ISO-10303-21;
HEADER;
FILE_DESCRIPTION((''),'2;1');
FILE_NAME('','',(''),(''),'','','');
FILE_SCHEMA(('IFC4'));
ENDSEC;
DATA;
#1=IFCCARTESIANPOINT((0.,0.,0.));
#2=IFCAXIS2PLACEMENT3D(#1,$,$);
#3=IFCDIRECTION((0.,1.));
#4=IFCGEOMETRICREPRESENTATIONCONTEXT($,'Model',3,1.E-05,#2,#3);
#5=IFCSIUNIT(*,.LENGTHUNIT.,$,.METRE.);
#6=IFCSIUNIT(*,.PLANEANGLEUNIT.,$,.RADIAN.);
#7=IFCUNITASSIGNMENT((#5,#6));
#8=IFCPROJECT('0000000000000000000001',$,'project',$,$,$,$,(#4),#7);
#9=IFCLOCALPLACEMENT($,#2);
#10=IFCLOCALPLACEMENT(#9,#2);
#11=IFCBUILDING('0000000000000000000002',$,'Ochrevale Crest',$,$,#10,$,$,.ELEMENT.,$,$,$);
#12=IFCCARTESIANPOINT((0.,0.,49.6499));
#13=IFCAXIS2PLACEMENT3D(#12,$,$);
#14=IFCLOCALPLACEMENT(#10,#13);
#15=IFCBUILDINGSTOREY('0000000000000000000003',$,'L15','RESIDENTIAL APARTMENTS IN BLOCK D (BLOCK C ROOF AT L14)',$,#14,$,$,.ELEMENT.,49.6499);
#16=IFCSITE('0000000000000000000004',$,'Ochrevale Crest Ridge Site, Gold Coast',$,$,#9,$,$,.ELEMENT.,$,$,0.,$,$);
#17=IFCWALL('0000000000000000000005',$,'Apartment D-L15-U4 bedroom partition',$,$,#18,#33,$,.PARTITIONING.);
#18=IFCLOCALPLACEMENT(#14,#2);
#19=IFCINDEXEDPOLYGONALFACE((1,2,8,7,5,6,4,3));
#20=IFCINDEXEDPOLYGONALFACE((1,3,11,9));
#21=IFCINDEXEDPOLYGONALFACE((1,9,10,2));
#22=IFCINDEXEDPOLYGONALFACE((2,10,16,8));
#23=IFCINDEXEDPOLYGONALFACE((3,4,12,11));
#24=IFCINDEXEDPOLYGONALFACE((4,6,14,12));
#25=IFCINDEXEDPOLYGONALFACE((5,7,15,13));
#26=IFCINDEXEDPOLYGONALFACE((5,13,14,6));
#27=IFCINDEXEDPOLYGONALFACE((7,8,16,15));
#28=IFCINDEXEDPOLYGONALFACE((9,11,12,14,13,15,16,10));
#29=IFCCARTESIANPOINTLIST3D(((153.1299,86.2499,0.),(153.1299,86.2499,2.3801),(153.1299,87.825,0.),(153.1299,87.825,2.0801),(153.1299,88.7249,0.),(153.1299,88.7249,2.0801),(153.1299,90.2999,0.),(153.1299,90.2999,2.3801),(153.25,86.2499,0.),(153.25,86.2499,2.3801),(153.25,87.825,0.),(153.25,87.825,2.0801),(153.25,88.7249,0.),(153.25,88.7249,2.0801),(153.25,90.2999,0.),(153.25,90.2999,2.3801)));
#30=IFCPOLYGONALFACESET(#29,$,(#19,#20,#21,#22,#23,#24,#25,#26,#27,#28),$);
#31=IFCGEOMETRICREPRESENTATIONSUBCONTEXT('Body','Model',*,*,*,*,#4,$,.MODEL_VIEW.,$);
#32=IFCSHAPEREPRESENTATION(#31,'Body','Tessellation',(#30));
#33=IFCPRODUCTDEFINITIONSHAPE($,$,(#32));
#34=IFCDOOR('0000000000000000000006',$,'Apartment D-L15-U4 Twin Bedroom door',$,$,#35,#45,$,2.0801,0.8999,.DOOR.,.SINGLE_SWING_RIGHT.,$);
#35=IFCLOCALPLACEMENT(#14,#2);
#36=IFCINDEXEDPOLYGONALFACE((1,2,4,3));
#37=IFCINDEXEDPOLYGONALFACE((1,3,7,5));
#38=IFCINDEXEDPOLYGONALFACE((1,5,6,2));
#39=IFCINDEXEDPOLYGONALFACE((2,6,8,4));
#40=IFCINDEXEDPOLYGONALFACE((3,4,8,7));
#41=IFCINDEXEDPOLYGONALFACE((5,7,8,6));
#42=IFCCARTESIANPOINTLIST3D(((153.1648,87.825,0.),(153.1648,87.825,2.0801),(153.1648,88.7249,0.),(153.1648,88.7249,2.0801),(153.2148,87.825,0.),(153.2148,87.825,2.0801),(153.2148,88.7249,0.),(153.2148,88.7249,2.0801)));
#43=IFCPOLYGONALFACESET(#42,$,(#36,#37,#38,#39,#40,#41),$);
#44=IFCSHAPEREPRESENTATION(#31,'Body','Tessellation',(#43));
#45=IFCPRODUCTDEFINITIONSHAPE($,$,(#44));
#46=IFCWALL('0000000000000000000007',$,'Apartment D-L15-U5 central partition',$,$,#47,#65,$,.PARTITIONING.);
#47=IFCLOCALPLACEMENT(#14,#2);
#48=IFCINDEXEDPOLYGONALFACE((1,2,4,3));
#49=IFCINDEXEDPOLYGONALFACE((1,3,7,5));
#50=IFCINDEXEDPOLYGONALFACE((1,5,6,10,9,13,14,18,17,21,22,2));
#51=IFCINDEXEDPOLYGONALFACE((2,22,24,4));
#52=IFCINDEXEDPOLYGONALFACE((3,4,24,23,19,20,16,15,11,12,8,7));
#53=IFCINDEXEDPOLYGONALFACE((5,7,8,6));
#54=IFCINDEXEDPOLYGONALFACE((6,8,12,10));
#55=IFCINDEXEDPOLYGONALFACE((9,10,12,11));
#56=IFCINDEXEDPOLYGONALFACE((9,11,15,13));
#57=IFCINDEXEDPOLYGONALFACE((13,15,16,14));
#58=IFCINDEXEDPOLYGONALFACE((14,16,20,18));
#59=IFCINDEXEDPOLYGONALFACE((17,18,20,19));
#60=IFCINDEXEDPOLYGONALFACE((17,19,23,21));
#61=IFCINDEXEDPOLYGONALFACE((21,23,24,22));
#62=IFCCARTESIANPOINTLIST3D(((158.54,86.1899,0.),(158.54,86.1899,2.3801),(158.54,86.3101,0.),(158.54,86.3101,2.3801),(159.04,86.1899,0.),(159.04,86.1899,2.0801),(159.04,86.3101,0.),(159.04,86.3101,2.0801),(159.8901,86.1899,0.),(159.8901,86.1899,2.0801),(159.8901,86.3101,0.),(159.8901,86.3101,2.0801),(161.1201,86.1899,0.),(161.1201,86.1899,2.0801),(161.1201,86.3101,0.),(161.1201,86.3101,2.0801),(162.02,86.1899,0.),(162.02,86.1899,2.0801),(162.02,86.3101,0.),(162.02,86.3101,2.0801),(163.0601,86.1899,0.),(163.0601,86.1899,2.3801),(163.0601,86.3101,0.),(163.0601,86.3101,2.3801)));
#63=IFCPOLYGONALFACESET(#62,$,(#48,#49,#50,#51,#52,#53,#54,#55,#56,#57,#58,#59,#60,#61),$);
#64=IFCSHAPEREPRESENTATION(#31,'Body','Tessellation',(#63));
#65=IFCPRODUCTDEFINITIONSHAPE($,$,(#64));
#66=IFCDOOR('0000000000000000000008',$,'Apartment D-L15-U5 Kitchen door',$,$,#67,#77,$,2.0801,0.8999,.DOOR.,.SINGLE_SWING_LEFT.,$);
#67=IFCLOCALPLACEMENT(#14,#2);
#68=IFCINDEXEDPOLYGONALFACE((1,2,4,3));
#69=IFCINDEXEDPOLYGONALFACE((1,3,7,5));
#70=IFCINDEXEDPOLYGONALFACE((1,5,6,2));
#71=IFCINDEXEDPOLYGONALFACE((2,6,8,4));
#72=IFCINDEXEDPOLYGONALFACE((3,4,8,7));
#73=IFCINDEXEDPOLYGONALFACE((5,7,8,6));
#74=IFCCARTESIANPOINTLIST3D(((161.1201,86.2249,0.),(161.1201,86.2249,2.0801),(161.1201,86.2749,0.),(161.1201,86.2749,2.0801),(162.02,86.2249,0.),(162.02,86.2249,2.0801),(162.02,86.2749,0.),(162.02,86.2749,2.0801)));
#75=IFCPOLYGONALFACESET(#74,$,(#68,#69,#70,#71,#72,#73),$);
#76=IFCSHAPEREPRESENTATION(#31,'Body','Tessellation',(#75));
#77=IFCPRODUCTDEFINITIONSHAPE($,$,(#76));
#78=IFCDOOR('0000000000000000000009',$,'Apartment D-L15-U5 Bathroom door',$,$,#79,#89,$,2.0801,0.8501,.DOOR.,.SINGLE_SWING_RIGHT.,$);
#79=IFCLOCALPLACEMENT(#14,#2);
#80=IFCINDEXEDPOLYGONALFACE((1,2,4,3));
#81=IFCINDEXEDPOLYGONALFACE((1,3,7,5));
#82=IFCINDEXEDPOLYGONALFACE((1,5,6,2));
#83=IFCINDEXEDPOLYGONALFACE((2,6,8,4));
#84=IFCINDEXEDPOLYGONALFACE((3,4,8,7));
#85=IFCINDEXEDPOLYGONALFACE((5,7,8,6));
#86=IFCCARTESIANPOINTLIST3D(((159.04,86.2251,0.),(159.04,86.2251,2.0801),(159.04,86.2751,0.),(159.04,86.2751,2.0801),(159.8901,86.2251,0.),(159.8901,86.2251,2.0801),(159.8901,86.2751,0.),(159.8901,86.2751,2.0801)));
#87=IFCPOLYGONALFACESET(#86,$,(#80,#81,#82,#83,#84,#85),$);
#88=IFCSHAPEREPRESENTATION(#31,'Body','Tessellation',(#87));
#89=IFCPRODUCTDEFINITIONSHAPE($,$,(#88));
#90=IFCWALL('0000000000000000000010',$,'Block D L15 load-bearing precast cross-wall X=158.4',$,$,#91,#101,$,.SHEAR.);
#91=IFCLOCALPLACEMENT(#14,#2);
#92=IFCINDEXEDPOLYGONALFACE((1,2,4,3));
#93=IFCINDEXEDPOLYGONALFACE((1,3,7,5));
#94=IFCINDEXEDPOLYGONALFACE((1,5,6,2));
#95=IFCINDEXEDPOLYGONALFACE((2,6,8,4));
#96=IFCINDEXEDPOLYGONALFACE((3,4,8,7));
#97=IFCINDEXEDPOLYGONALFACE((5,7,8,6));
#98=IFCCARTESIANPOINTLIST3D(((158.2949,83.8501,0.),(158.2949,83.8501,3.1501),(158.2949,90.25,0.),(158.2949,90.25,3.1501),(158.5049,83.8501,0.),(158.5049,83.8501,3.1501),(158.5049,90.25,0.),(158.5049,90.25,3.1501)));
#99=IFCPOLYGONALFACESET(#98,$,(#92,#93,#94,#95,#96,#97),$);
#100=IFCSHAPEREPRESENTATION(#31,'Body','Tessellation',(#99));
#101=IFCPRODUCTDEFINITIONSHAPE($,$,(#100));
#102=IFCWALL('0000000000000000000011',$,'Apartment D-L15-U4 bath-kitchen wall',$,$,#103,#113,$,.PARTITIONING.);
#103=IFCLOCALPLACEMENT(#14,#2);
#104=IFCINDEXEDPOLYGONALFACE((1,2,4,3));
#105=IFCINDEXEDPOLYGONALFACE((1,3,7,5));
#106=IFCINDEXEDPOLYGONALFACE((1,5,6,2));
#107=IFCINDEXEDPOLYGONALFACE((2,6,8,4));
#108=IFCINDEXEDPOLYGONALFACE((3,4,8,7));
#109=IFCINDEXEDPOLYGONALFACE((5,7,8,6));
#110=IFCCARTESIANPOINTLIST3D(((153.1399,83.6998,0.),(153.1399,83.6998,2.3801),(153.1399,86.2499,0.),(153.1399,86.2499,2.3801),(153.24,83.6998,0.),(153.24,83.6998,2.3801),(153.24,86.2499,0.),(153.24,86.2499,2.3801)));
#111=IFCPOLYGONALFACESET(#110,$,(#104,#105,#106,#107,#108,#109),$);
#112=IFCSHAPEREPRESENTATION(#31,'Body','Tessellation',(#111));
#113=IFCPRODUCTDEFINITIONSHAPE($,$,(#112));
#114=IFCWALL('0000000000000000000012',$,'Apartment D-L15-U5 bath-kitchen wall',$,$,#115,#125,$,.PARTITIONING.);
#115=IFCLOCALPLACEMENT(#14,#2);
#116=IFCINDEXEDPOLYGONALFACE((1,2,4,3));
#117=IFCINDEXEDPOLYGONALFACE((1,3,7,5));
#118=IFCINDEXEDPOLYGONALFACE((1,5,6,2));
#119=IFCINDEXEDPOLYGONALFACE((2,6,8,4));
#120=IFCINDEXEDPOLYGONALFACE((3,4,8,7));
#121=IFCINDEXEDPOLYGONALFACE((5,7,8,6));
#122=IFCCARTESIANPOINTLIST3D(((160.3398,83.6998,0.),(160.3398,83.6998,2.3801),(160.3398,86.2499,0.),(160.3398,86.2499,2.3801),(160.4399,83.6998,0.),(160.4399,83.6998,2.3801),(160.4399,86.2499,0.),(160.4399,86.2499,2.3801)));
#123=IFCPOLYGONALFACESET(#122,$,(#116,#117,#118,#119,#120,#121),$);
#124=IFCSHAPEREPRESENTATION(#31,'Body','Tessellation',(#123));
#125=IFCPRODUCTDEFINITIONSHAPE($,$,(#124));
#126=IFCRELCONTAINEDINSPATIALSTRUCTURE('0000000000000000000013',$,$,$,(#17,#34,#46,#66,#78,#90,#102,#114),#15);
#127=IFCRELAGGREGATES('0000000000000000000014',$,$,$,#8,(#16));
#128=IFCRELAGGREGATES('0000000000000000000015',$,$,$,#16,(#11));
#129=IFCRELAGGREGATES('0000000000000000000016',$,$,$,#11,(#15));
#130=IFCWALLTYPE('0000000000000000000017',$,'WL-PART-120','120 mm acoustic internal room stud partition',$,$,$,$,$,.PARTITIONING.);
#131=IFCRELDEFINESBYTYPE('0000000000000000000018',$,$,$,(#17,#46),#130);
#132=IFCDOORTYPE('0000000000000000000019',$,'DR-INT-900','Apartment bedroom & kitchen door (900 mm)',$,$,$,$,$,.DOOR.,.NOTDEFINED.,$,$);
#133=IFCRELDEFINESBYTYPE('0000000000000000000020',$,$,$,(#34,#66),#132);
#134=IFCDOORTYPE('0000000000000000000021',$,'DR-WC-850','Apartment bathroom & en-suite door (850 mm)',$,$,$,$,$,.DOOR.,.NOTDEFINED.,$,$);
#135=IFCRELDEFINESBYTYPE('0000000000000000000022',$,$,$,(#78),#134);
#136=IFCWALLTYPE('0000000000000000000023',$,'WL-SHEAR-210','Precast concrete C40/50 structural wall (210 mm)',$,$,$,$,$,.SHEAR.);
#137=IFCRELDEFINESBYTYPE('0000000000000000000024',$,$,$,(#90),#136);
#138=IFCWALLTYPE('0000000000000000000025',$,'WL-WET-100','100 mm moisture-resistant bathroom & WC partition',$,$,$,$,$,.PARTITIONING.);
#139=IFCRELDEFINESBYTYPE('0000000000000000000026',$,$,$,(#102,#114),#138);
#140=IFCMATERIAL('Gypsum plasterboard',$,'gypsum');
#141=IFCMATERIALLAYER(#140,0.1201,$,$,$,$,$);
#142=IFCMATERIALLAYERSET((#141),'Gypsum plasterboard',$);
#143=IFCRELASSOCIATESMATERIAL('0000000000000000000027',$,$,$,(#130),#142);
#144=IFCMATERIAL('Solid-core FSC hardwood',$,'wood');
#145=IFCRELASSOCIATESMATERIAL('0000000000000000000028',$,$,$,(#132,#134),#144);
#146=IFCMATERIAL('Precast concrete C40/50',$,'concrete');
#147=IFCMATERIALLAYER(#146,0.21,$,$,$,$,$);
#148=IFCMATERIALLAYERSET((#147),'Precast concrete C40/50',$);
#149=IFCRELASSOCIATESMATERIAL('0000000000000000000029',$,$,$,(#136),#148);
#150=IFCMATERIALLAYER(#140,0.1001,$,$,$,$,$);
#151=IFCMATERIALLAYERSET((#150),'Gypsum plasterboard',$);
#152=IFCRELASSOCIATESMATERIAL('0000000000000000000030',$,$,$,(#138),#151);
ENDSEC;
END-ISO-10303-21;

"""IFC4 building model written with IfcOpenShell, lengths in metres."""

from ifc_helpers import new_model, si_unit, direction, frame, frame_2d, origin, place, context, subcontext, project, spatial, rectangle, extrude, material, layer, layer_set, type_object, element, fill, save


model = new_model("IFC4")

# Units and contexts
model_context = context("Model", 3, precision=1e-05, world=origin(), true_north=direction((0.0, 1.0)))
body_context = subcontext(model_context, "Body", "Model", "MODEL_VIEW")
ifc_project = project(units=[si_unit("LENGTHUNIT", "METRE"), si_unit("PLANEANGLEUNIT", "RADIAN")], contexts=[model_context])

# Site, building, storey
site_placement = place(None, origin())
site = spatial("IfcSite", under=ifc_project, at=site_placement, Name="Ochrevale Crest Ridge Site, Gold Coast", CompositionType="ELEMENT", RefElevation=0.0)
building_placement = place(site_placement, origin())
building = spatial("IfcBuilding", under=site, at=building_placement, Name="Ochrevale Crest", CompositionType="ELEMENT")
storey_placement = place(building_placement, frame((0.0, 0.0, 49.6499)))
storey = spatial("IfcBuildingStorey", under=building, at=storey_placement, Name="L15", Description="RESIDENTIAL APARTMENTS IN BLOCK D (BLOCK C ROOF AT L14)", CompositionType="ELEMENT", Elevation=49.6499)

# Shared definitions
ifc_material_1 = material(Name="Precast concrete C40/50", Category="concrete")

# Shared definitions
ifc_material_2 = material(Name="Gypsum plasterboard", Category="gypsum")
ifc_material_3 = material(Name="Solid-core FSC hardwood", Category="wood")

# Shared definitions
ifc_layer_1 = layer(ifc_material_2, 0.1201)
ifc_layer_set_1 = layer_set([ifc_layer_1], Name="Gypsum plasterboard")
wall_type_1 = type_object("IfcWallType", Name="WL-PART-120", Description="120 mm acoustic internal room stud partition", PredefinedType="PARTITIONING", material=ifc_layer_set_1)

# Wall, opening, door
wall_1_placement = place(storey_placement, frame((153.1899, 86.25, 0.0), z_axis=(0.0, 0.0, 1.0), x_axis=(0.0, 1.0, 0.0)))
wall_1 = element("IfcWall", 1, at=wall_1_placement, inside=storey, type_object=wall_type_1, Name="Apartment D-L15-U4 bedroom partition", PredefinedType="PARTITIONING", context=body_context, shape_type="SweptSolid", body=[
    extrude(rectangle(XDim=4.05, YDim=0.1201, at=frame_2d((2.0249, 0.0))), origin(), (0.0, 0.0, 1.0), 2.3801),
])
opening_1_placement = place(wall_1_placement, frame((2.4749, 0.0, 0.0), z_axis=(0.0, 0.0, 1.0), x_axis=(-1.0, 0.0, 0.0)))
opening_1 = element("IfcOpeningElement", 2, at=opening_1_placement, cuts=wall_1, PredefinedType="OPENING", context=body_context, shape_type="SweptSolid", body=[
    extrude(rectangle(XDim=0.8999, YDim=2.0801, at=frame_2d((0.45, 1.04))), frame((0.0, 0.0701, 0.0), z_axis=(0.0, -1.0, 0.0), x_axis=(1.0, 0.0, 0.0)), (0.0, 0.0, 1.0), 0.1401),
])
door_type_1 = type_object("IfcDoorType", Name="DR-INT-900", Description="Apartment bedroom & kitchen door (900 mm)", OperationType="NOTDEFINED", PredefinedType="DOOR", material=ifc_material_3)
door_1_placement = place(opening_1_placement, origin())
door_1 = element("IfcDoor", 3, at=door_1_placement, inside=storey, type_object=door_type_1, Name="Apartment D-L15-U4 Twin Bedroom door", OperationType="SINGLE_SWING_RIGHT", OverallHeight=2.0801, OverallWidth=0.8999, PredefinedType="DOOR", context=body_context, shape_type="SweptSolid", body=[
    extrude(rectangle(XDim=0.8999, YDim=2.0801, at=frame_2d((0.45, 1.04))), frame((0.0, 0.0249, 0.0), z_axis=(0.0, -1.0, 0.0), x_axis=(1.0, 0.0, 0.0)), (0.0, 0.0, 1.0), 0.05),
])
fill(opening_1, door_1)

# Wall, openings, doors
wall_2_placement = place(storey_placement, frame((158.54, 86.25, 0.0), z_axis=(0.0, 0.0, 1.0), x_axis=(1.0, 0.0, 0.0)))
wall_2 = element("IfcWall", 4, at=wall_2_placement, inside=storey, type_object=wall_type_1, Name="Apartment D-L15-U5 central partition", PredefinedType="PARTITIONING", context=body_context, shape_type="SweptSolid", body=[
    extrude(rectangle(XDim=4.52, YDim=0.1201, at=frame_2d((2.26, 0.0))), origin(), (0.0, 0.0, 1.0), 2.3801),
])
opening_2_placement = place(wall_2_placement, frame((1.3501, 0.0, 0.0), z_axis=(0.0, 0.0, 1.0), x_axis=(-1.0, 0.0, 0.0)))
opening_2 = element("IfcOpeningElement", 5, at=opening_2_placement, cuts=wall_2, PredefinedType="OPENING", context=body_context, shape_type="SweptSolid", body=[
    extrude(rectangle(XDim=0.8501, YDim=2.0801, at=frame_2d((0.425, 1.04))), frame((0.0, 0.0701, 0.0), z_axis=(0.0, -1.0, 0.0), x_axis=(1.0, 0.0, 0.0)), (0.0, 0.0, 1.0), 0.1401),
])
opening_3_placement = place(wall_2_placement, frame((2.5801, 0.0, 0.0)))
opening_3 = element("IfcOpeningElement", 6, at=opening_3_placement, cuts=wall_2, PredefinedType="OPENING", context=body_context, shape_type="SweptSolid", body=[
    extrude(rectangle(XDim=0.8999, YDim=2.0801, at=frame_2d((0.45, 1.04))), frame((0.0, 0.0701, 0.0), z_axis=(0.0, -1.0, 0.0), x_axis=(1.0, 0.0, 0.0)), (0.0, 0.0, 1.0), 0.1401),
])
door_2_placement = place(opening_3_placement, origin())
door_2 = element("IfcDoor", 7, at=door_2_placement, inside=storey, type_object=door_type_1, Name="Apartment D-L15-U5 Kitchen door", OperationType="SINGLE_SWING_LEFT", OverallHeight=2.0801, OverallWidth=0.8999, PredefinedType="DOOR", context=body_context, shape_type="SweptSolid", body=[
    extrude(rectangle(XDim=0.8999, YDim=2.0801, at=frame_2d((0.45, 1.04))), frame((0.0, 0.0249, 0.0), z_axis=(0.0, -1.0, 0.0), x_axis=(1.0, 0.0, 0.0)), (0.0, 0.0, 1.0), 0.05),
])
fill(opening_3, door_2)
door_type_2 = type_object("IfcDoorType", Name="DR-WC-850", Description="Apartment bathroom & en-suite door (850 mm)", OperationType="NOTDEFINED", PredefinedType="DOOR", material=ifc_material_3)
door_3_placement = place(opening_2_placement, origin())
door_3 = element("IfcDoor", 8, at=door_3_placement, inside=storey, type_object=door_type_2, Name="Apartment D-L15-U5 Bathroom door", OperationType="SINGLE_SWING_RIGHT", OverallHeight=2.0801, OverallWidth=0.8501, PredefinedType="DOOR", context=body_context, shape_type="SweptSolid", body=[
    extrude(rectangle(XDim=0.8501, YDim=2.0801, at=frame_2d((0.425, 1.04))), frame((0.0, 0.0249, 0.0), z_axis=(0.0, -1.0, 0.0), x_axis=(1.0, 0.0, 0.0)), (0.0, 0.0, 1.0), 0.05),
])
fill(opening_2, door_3)

# Walls
ifc_layer_2 = layer(ifc_material_1, 0.21)
ifc_layer_set_2 = layer_set([ifc_layer_2], Name="Precast concrete C40/50")
wall_type_2 = type_object("IfcWallType", Name="WL-SHEAR-210", Description="Precast concrete C40/50 structural wall (210 mm)", PredefinedType="SHEAR", material=ifc_layer_set_2)
wall_3_placement = place(storey_placement, frame((158.3999, 83.8501, 0.0), z_axis=(0.0, 0.0, 1.0), x_axis=(0.0, 1.0, 0.0)))
element("IfcWall", 9, at=wall_3_placement, inside=storey, type_object=wall_type_2, Name="Block D L15 load-bearing precast cross-wall X=158.4", PredefinedType="SHEAR", context=body_context, shape_type="SweptSolid", body=[
    extrude(rectangle(XDim=6.3999, YDim=0.21, at=frame_2d((3.2, 0.0))), origin(), (0.0, 0.0, 1.0), 3.1501),
])
ifc_layer_3 = layer(ifc_material_2, 0.1001)
ifc_layer_set_3 = layer_set([ifc_layer_3], Name="Gypsum plasterboard")
wall_type_3 = type_object("IfcWallType", Name="WL-WET-100", Description="100 mm moisture-resistant bathroom & WC partition", PredefinedType="PARTITIONING", material=ifc_layer_set_3)
for number, where, z_axis, x_axis, name in (
    (10, (153.1899, 83.7, 0.0), (0.0, 0.0, 1.0), (0.0, 1.0, 0.0), "Apartment D-L15-U4 bath-kitchen wall"),
    (11, (160.3899, 83.7, 0.0), (0.0, 0.0, 1.0), (0.0, 1.0, 0.0), "Apartment D-L15-U5 bath-kitchen wall"),
):
    element("IfcWall", number, at=place(storey_placement, frame(where, z_axis=z_axis, x_axis=x_axis)), inside=storey, type_object=wall_type_3, Name=name, PredefinedType="PARTITIONING", context=body_context, shape_type="SweptSolid", body=[
        extrude(rectangle(XDim=2.55, YDim=0.1001, at=frame_2d((1.2749, 0.0))), origin(), (0.0, 0.0, 1.0), 2.3801),
    ])

save(model, "model.ifc")
